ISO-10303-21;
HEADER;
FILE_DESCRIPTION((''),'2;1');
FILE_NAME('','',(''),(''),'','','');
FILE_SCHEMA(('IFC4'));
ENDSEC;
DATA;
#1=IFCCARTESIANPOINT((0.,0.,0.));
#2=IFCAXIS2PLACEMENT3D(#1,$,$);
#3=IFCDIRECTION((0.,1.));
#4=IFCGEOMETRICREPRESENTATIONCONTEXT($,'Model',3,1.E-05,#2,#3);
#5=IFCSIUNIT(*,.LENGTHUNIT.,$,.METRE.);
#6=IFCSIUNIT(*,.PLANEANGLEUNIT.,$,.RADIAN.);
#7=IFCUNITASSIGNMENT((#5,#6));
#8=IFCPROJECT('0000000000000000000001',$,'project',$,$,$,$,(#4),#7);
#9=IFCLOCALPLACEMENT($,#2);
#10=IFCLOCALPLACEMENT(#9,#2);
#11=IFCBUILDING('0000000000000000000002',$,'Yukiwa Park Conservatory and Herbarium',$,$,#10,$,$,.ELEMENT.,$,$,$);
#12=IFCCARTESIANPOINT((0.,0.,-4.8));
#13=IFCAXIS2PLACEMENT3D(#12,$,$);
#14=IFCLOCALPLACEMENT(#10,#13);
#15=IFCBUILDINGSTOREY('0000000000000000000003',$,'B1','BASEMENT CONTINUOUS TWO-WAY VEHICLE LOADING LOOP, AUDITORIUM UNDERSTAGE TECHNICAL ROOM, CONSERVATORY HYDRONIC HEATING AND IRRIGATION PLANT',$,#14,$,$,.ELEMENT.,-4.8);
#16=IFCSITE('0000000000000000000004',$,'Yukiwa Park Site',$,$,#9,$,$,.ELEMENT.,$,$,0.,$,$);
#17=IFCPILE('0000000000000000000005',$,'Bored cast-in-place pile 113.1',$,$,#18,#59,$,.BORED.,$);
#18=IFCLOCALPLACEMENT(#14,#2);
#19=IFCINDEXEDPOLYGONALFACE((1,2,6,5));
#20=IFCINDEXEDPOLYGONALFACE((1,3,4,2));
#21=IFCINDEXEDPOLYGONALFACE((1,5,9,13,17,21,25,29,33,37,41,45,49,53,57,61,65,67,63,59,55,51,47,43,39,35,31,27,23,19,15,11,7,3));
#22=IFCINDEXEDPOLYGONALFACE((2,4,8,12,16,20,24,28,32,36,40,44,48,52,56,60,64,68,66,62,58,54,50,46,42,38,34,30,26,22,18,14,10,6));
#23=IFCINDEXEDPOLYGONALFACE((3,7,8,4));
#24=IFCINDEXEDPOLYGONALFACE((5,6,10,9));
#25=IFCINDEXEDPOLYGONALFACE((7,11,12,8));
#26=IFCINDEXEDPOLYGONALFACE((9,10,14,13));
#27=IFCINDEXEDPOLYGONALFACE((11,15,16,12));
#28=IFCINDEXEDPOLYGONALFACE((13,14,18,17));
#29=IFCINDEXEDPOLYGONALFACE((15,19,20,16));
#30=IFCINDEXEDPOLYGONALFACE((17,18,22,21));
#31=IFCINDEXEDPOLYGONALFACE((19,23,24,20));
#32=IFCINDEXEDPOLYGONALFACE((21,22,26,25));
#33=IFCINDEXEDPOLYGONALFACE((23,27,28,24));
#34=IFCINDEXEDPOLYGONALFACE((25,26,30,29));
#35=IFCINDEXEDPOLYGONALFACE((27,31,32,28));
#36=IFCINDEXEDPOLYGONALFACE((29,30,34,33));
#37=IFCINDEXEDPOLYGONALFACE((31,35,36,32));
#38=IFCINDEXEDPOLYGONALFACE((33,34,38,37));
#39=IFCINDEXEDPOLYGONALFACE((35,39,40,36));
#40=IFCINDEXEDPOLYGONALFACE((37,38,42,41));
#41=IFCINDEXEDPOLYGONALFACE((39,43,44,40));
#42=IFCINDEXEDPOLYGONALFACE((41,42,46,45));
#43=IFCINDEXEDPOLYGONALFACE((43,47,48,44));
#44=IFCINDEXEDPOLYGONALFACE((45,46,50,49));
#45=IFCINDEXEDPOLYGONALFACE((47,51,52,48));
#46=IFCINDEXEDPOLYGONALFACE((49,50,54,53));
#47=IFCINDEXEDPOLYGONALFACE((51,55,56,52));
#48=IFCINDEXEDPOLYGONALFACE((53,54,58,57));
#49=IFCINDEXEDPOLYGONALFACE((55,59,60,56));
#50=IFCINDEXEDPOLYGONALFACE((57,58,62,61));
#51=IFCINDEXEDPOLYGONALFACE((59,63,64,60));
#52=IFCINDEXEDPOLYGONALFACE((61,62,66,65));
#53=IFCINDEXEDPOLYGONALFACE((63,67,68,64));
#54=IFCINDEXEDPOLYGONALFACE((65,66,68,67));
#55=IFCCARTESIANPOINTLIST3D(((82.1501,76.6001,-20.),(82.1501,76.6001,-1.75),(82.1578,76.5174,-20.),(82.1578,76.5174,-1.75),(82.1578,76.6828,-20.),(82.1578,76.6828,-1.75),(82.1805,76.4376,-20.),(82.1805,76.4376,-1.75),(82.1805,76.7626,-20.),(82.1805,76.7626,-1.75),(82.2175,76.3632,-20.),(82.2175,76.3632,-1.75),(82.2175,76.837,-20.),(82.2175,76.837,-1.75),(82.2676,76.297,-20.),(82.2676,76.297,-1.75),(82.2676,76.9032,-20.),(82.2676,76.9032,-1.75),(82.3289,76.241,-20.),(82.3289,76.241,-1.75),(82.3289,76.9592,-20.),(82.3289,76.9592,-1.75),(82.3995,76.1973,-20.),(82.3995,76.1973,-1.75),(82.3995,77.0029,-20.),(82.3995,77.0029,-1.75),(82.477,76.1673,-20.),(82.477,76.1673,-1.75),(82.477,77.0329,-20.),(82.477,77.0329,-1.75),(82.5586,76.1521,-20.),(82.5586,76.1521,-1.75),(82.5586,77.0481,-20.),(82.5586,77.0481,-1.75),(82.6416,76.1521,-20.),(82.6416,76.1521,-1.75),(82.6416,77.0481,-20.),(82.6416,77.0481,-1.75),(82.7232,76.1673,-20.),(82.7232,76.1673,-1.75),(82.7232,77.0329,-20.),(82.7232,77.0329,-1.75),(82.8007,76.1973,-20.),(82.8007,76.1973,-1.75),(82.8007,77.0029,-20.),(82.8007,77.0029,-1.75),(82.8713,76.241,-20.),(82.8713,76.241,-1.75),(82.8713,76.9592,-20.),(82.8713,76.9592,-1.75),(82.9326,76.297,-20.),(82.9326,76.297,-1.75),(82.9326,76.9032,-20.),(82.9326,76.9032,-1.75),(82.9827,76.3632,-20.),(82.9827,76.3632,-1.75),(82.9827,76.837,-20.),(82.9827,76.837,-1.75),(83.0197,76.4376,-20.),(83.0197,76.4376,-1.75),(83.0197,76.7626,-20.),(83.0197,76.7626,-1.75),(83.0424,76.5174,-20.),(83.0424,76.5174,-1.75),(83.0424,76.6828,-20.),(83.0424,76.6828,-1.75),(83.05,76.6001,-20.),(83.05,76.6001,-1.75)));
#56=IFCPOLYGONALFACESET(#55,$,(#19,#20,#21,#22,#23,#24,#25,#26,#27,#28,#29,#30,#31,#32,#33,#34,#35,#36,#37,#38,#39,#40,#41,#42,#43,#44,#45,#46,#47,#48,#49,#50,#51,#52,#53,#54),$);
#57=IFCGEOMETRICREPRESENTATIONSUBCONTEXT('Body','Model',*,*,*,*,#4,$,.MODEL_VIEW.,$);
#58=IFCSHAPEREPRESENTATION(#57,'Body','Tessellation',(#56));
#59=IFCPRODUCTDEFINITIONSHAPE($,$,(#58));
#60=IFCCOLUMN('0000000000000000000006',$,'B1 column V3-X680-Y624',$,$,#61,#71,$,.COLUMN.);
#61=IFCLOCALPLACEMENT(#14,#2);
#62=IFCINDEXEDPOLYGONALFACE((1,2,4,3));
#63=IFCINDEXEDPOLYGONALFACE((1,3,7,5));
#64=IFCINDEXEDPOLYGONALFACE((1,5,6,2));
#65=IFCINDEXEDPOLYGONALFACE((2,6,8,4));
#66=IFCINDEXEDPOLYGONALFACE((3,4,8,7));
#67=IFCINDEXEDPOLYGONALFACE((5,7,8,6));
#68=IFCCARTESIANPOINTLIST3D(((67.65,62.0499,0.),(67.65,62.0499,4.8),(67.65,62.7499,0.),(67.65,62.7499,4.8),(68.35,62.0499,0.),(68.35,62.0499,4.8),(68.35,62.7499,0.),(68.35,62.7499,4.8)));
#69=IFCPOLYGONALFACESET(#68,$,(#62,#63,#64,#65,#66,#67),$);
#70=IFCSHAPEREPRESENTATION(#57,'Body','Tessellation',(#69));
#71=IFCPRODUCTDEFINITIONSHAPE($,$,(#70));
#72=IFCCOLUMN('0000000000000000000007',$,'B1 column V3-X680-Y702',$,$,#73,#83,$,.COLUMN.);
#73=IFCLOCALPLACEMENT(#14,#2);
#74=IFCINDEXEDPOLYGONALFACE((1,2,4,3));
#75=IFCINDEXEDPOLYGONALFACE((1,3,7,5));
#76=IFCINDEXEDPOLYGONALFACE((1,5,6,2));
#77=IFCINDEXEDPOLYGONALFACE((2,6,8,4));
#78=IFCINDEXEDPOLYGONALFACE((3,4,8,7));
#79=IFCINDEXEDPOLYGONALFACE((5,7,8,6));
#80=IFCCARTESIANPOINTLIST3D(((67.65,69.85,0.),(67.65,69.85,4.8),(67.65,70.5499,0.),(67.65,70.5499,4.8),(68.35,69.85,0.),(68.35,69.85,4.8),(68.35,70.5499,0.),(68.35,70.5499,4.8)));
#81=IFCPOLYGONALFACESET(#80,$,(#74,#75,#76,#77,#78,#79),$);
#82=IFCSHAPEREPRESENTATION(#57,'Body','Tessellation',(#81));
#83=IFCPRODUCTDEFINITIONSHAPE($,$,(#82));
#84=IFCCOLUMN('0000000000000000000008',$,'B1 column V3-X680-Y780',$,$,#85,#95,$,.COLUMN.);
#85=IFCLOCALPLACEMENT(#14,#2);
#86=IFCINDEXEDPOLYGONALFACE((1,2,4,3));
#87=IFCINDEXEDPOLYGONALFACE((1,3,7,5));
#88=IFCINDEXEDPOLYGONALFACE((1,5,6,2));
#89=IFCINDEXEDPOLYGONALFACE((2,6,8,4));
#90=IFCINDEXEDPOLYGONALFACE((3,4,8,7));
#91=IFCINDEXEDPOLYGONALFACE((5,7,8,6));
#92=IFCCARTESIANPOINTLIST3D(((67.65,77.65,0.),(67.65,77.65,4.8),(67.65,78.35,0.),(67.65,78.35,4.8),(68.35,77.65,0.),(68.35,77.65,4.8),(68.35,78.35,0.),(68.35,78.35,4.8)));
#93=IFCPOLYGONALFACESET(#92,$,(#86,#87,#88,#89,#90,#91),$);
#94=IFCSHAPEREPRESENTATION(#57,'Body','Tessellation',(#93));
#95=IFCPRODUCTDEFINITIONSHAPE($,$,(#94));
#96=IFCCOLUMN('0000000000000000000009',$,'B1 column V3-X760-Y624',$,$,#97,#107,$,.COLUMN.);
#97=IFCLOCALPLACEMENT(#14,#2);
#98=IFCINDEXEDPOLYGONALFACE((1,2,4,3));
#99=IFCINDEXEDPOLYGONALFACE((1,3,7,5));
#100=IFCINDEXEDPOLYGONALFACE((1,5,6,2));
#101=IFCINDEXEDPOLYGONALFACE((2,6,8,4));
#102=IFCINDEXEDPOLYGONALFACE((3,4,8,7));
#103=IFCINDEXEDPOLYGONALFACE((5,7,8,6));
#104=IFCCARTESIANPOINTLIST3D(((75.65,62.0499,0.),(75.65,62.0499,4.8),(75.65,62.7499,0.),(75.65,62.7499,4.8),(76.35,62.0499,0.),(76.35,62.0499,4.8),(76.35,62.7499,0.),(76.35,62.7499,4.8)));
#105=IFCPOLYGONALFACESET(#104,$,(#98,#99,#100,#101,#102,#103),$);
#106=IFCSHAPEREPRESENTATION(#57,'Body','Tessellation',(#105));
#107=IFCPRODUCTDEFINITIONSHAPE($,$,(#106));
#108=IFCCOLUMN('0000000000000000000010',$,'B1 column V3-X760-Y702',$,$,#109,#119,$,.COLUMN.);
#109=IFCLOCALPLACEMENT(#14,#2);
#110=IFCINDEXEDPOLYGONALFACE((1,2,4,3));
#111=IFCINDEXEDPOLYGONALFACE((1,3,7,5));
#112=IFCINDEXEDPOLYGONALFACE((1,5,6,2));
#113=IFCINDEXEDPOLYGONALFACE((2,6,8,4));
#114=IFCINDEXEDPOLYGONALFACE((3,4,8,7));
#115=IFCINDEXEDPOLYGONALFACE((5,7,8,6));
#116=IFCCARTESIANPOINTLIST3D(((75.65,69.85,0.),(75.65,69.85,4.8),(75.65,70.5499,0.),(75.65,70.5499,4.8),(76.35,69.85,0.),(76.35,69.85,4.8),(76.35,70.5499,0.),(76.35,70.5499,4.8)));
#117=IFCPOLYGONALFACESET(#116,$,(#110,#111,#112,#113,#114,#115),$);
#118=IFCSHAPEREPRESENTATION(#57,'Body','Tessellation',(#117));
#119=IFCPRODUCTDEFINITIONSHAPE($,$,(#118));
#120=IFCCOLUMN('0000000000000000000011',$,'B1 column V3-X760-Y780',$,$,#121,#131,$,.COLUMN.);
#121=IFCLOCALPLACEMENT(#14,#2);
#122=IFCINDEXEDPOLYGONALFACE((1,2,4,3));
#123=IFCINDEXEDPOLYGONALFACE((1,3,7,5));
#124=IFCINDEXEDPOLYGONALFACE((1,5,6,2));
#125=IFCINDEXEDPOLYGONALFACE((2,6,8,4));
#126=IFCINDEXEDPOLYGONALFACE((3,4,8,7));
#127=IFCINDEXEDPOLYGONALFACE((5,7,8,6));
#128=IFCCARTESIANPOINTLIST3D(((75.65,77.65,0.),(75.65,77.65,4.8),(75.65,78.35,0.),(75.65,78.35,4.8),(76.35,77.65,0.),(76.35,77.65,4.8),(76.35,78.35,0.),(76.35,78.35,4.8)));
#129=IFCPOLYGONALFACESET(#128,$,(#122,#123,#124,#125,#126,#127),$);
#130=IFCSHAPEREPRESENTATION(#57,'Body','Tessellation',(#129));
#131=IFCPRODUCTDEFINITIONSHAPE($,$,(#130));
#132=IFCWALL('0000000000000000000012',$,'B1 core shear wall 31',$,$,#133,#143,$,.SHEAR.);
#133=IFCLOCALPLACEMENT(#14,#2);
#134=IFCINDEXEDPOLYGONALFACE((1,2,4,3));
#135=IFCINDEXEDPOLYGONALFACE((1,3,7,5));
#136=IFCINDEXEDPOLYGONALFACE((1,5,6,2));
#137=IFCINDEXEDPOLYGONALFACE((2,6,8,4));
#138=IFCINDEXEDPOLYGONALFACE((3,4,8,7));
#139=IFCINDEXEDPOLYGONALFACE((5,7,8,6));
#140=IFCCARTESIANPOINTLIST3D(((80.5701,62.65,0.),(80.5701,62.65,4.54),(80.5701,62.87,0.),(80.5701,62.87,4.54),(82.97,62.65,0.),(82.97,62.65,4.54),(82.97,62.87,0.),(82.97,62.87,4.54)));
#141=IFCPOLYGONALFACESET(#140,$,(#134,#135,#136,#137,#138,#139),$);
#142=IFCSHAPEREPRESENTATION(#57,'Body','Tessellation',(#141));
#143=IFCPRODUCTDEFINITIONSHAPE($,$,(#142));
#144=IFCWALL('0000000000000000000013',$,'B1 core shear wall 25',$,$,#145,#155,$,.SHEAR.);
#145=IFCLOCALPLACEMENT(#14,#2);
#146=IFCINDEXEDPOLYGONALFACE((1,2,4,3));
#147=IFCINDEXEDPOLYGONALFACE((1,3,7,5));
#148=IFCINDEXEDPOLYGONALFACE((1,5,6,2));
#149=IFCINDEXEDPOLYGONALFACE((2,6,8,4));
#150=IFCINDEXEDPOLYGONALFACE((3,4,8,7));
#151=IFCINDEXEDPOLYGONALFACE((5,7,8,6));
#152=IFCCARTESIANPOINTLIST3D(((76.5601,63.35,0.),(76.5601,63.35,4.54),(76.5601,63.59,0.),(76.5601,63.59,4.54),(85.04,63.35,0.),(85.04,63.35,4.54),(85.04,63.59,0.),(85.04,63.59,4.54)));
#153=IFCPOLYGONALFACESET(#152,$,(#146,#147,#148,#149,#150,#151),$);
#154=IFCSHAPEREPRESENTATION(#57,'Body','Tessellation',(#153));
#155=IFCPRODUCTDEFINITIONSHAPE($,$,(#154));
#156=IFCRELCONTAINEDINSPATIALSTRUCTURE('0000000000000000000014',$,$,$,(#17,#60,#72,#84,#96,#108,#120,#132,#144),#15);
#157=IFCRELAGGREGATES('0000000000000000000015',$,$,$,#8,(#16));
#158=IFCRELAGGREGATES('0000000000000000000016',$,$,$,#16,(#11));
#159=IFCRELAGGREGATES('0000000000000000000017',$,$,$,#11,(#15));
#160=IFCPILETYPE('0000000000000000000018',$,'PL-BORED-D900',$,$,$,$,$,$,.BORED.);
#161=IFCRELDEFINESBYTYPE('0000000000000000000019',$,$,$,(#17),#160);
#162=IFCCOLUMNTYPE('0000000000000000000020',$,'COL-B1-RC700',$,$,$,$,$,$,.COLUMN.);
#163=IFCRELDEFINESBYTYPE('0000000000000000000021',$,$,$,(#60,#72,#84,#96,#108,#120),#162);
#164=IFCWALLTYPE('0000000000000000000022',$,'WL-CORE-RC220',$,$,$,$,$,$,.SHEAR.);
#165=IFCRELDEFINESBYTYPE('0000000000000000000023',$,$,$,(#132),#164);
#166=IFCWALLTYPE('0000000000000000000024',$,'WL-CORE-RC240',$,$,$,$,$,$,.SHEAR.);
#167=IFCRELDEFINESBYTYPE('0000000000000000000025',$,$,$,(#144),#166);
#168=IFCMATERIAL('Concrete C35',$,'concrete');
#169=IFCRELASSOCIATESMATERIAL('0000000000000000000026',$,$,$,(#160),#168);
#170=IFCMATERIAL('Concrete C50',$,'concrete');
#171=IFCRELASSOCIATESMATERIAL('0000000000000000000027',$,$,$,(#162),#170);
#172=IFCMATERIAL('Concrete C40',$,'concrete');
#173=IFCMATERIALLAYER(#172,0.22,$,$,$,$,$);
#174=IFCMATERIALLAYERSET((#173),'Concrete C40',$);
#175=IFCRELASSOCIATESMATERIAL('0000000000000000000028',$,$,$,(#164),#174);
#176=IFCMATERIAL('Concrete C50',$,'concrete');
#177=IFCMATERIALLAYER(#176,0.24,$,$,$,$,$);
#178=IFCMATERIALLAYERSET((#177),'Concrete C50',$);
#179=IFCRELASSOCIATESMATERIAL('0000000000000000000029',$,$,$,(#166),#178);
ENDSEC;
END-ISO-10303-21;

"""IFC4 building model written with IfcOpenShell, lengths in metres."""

from ifc_helpers import new_model, si_unit, direction, frame, frame_2d, origin, origin_2d, place, context, subcontext, project, spatial, rectangle, circle, extrude, material, layer, layer_set, material_profile, profile_set, type_object, element, save


model = new_model("IFC4")

# Units and contexts
model_context = context("Model", 3, precision=1e-05, world=origin(), true_north=direction((0.0, 1.0)))
body_context = subcontext(model_context, "Body", "Model", "MODEL_VIEW")
ifc_project = project(units=[si_unit("LENGTHUNIT", "METRE"), si_unit("PLANEANGLEUNIT", "RADIAN")], contexts=[model_context])

# Site, building, storey
site_placement = place(None, origin())
site = spatial("IfcSite", under=ifc_project, at=site_placement, Name="Yukiwa Park Site", CompositionType="ELEMENT", RefElevation=0.0)
building_placement = place(site_placement, origin())
building = spatial("IfcBuilding", under=site, at=building_placement, Name="Yukiwa Park Conservatory and Herbarium", CompositionType="ELEMENT")
storey_placement = place(building_placement, frame((0.0, 0.0, -4.8)))
storey = spatial("IfcBuildingStorey", under=building, at=storey_placement, Name="B1", Description="BASEMENT CONTINUOUS TWO-WAY VEHICLE LOADING LOOP, AUDITORIUM UNDERSTAGE TECHNICAL ROOM, CONSERVATORY HYDRONIC HEATING AND IRRIGATION PLANT", CompositionType="ELEMENT", Elevation=-4.8)

# Pile
ifc_material_1 = material(Name="Concrete C35", Category="concrete")
ifc_material_profile_1 = material_profile(ifc_material_1, circle(Radius=0.45, at=origin_2d()), Name="PILE D900")
ifc_profile_set_1 = profile_set([ifc_material_profile_1], Name="Concrete C35")
pile_type_1 = type_object("IfcPileType", Name="PL-BORED-D900", PredefinedType="BORED", material=ifc_profile_set_1)
for number, where, z_axis, x_axis, name in (
    (1, (82.6001, 76.6001, -1.75), (0.0, 0.0, -1.0), (1.0, 0.0, 0.0), "Bored cast-in-place pile 113.1"),
):
    element("IfcPile", number, at=place(storey_placement, frame(where, z_axis=z_axis, x_axis=x_axis)), inside=storey, type_object=pile_type_1, Name=name, PredefinedType="BORED", context=body_context, shape_type="SweptSolid", body=[
        extrude(circle(Radius=0.45, at=origin_2d()), origin(), (0.0, 0.0, 1.0), 18.25),
    ])

# Columns
ifc_material_2 = material(Name="Concrete C50", Category="concrete")
ifc_material_profile_2 = material_profile(ifc_material_2, rectangle(XDim=0.7, YDim=0.7, at=origin_2d()), Name="RC 700x700")
ifc_profile_set_2 = profile_set([ifc_material_profile_2], Name="Concrete C50")
column_type = type_object("IfcColumnType", Name="COL-B1-RC700", PredefinedType="COLUMN", material=ifc_profile_set_2)
for number, where, z_axis, x_axis, name in (
    (2, (68.0, 62.3999, 0.0), (0.0, 0.0, 1.0), (1.0, 0.0, 0.0), "B1 column V3-X680-Y624"),
    (3, (68.0, 70.2, 0.0), (0.0, 0.0, 1.0), (1.0, 0.0, 0.0), "B1 column V3-X680-Y702"),
    (4, (68.0, 78.0, 0.0), (0.0, 0.0, 1.0), (1.0, 0.0, 0.0), "B1 column V3-X680-Y780"),
    (5, (76.0, 62.3999, 0.0), (0.0, 0.0, 1.0), (1.0, 0.0, 0.0), "B1 column V3-X760-Y624"),
    (6, (76.0, 70.2, 0.0), (0.0, 0.0, 1.0), (1.0, 0.0, 0.0), "B1 column V3-X760-Y702"),
    (7, (76.0, 78.0, 0.0), (0.0, 0.0, 1.0), (1.0, 0.0, 0.0), "B1 column V3-X760-Y780"),
):
    element("IfcColumn", number, at=place(storey_placement, frame(where, z_axis=z_axis, x_axis=x_axis)), inside=storey, type_object=column_type, Name=name, PredefinedType="COLUMN", context=body_context, shape_type="SweptSolid", body=[
        extrude(rectangle(XDim=0.7, YDim=0.7, at=origin_2d()), origin(), (0.0, 0.0, 1.0), 4.8),
    ])

# Walls
ifc_material_3 = material(Name="Concrete C40", Category="concrete")
ifc_layer_1 = layer(ifc_material_3, 0.22)
ifc_layer_set_1 = layer_set([ifc_layer_1], Name="Concrete C40")
wall_type_1 = type_object("IfcWallType", Name="WL-CORE-RC220", PredefinedType="SHEAR", material=ifc_layer_set_1)
wall_1_placement = place(storey_placement, frame((80.5701, 62.76, 0.0), z_axis=(0.0, 0.0, 1.0), x_axis=(1.0, 0.0, 0.0)))
element("IfcWall", 8, at=wall_1_placement, inside=storey, type_object=wall_type_1, Name="B1 core shear wall 31", PredefinedType="SHEAR", context=body_context, shape_type="SweptSolid", body=[
    extrude(rectangle(XDim=2.3999, YDim=0.22, at=frame_2d((1.2, 0.0))), origin(), (0.0, 0.0, 1.0), 4.54),
])
ifc_material_4 = material(Name="Concrete C50", Category="concrete")
ifc_layer_2 = layer(ifc_material_4, 0.24)
ifc_layer_set_2 = layer_set([ifc_layer_2], Name="Concrete C50")
wall_type_2 = type_object("IfcWallType", Name="WL-CORE-RC240", PredefinedType="SHEAR", material=ifc_layer_set_2)
wall_2_placement = place(storey_placement, frame((76.5601, 63.47, 0.0), z_axis=(0.0, 0.0, 1.0), x_axis=(1.0, 0.0, 0.0)))
element("IfcWall", 9, at=wall_2_placement, inside=storey, type_object=wall_type_2, Name="B1 core shear wall 25", PredefinedType="SHEAR", context=body_context, shape_type="SweptSolid", body=[
    extrude(rectangle(XDim=8.48, YDim=0.24, at=frame_2d((4.24, 0.0))), origin(), (0.0, 0.0, 1.0), 4.54),
])

save(model, "model.ifc")
